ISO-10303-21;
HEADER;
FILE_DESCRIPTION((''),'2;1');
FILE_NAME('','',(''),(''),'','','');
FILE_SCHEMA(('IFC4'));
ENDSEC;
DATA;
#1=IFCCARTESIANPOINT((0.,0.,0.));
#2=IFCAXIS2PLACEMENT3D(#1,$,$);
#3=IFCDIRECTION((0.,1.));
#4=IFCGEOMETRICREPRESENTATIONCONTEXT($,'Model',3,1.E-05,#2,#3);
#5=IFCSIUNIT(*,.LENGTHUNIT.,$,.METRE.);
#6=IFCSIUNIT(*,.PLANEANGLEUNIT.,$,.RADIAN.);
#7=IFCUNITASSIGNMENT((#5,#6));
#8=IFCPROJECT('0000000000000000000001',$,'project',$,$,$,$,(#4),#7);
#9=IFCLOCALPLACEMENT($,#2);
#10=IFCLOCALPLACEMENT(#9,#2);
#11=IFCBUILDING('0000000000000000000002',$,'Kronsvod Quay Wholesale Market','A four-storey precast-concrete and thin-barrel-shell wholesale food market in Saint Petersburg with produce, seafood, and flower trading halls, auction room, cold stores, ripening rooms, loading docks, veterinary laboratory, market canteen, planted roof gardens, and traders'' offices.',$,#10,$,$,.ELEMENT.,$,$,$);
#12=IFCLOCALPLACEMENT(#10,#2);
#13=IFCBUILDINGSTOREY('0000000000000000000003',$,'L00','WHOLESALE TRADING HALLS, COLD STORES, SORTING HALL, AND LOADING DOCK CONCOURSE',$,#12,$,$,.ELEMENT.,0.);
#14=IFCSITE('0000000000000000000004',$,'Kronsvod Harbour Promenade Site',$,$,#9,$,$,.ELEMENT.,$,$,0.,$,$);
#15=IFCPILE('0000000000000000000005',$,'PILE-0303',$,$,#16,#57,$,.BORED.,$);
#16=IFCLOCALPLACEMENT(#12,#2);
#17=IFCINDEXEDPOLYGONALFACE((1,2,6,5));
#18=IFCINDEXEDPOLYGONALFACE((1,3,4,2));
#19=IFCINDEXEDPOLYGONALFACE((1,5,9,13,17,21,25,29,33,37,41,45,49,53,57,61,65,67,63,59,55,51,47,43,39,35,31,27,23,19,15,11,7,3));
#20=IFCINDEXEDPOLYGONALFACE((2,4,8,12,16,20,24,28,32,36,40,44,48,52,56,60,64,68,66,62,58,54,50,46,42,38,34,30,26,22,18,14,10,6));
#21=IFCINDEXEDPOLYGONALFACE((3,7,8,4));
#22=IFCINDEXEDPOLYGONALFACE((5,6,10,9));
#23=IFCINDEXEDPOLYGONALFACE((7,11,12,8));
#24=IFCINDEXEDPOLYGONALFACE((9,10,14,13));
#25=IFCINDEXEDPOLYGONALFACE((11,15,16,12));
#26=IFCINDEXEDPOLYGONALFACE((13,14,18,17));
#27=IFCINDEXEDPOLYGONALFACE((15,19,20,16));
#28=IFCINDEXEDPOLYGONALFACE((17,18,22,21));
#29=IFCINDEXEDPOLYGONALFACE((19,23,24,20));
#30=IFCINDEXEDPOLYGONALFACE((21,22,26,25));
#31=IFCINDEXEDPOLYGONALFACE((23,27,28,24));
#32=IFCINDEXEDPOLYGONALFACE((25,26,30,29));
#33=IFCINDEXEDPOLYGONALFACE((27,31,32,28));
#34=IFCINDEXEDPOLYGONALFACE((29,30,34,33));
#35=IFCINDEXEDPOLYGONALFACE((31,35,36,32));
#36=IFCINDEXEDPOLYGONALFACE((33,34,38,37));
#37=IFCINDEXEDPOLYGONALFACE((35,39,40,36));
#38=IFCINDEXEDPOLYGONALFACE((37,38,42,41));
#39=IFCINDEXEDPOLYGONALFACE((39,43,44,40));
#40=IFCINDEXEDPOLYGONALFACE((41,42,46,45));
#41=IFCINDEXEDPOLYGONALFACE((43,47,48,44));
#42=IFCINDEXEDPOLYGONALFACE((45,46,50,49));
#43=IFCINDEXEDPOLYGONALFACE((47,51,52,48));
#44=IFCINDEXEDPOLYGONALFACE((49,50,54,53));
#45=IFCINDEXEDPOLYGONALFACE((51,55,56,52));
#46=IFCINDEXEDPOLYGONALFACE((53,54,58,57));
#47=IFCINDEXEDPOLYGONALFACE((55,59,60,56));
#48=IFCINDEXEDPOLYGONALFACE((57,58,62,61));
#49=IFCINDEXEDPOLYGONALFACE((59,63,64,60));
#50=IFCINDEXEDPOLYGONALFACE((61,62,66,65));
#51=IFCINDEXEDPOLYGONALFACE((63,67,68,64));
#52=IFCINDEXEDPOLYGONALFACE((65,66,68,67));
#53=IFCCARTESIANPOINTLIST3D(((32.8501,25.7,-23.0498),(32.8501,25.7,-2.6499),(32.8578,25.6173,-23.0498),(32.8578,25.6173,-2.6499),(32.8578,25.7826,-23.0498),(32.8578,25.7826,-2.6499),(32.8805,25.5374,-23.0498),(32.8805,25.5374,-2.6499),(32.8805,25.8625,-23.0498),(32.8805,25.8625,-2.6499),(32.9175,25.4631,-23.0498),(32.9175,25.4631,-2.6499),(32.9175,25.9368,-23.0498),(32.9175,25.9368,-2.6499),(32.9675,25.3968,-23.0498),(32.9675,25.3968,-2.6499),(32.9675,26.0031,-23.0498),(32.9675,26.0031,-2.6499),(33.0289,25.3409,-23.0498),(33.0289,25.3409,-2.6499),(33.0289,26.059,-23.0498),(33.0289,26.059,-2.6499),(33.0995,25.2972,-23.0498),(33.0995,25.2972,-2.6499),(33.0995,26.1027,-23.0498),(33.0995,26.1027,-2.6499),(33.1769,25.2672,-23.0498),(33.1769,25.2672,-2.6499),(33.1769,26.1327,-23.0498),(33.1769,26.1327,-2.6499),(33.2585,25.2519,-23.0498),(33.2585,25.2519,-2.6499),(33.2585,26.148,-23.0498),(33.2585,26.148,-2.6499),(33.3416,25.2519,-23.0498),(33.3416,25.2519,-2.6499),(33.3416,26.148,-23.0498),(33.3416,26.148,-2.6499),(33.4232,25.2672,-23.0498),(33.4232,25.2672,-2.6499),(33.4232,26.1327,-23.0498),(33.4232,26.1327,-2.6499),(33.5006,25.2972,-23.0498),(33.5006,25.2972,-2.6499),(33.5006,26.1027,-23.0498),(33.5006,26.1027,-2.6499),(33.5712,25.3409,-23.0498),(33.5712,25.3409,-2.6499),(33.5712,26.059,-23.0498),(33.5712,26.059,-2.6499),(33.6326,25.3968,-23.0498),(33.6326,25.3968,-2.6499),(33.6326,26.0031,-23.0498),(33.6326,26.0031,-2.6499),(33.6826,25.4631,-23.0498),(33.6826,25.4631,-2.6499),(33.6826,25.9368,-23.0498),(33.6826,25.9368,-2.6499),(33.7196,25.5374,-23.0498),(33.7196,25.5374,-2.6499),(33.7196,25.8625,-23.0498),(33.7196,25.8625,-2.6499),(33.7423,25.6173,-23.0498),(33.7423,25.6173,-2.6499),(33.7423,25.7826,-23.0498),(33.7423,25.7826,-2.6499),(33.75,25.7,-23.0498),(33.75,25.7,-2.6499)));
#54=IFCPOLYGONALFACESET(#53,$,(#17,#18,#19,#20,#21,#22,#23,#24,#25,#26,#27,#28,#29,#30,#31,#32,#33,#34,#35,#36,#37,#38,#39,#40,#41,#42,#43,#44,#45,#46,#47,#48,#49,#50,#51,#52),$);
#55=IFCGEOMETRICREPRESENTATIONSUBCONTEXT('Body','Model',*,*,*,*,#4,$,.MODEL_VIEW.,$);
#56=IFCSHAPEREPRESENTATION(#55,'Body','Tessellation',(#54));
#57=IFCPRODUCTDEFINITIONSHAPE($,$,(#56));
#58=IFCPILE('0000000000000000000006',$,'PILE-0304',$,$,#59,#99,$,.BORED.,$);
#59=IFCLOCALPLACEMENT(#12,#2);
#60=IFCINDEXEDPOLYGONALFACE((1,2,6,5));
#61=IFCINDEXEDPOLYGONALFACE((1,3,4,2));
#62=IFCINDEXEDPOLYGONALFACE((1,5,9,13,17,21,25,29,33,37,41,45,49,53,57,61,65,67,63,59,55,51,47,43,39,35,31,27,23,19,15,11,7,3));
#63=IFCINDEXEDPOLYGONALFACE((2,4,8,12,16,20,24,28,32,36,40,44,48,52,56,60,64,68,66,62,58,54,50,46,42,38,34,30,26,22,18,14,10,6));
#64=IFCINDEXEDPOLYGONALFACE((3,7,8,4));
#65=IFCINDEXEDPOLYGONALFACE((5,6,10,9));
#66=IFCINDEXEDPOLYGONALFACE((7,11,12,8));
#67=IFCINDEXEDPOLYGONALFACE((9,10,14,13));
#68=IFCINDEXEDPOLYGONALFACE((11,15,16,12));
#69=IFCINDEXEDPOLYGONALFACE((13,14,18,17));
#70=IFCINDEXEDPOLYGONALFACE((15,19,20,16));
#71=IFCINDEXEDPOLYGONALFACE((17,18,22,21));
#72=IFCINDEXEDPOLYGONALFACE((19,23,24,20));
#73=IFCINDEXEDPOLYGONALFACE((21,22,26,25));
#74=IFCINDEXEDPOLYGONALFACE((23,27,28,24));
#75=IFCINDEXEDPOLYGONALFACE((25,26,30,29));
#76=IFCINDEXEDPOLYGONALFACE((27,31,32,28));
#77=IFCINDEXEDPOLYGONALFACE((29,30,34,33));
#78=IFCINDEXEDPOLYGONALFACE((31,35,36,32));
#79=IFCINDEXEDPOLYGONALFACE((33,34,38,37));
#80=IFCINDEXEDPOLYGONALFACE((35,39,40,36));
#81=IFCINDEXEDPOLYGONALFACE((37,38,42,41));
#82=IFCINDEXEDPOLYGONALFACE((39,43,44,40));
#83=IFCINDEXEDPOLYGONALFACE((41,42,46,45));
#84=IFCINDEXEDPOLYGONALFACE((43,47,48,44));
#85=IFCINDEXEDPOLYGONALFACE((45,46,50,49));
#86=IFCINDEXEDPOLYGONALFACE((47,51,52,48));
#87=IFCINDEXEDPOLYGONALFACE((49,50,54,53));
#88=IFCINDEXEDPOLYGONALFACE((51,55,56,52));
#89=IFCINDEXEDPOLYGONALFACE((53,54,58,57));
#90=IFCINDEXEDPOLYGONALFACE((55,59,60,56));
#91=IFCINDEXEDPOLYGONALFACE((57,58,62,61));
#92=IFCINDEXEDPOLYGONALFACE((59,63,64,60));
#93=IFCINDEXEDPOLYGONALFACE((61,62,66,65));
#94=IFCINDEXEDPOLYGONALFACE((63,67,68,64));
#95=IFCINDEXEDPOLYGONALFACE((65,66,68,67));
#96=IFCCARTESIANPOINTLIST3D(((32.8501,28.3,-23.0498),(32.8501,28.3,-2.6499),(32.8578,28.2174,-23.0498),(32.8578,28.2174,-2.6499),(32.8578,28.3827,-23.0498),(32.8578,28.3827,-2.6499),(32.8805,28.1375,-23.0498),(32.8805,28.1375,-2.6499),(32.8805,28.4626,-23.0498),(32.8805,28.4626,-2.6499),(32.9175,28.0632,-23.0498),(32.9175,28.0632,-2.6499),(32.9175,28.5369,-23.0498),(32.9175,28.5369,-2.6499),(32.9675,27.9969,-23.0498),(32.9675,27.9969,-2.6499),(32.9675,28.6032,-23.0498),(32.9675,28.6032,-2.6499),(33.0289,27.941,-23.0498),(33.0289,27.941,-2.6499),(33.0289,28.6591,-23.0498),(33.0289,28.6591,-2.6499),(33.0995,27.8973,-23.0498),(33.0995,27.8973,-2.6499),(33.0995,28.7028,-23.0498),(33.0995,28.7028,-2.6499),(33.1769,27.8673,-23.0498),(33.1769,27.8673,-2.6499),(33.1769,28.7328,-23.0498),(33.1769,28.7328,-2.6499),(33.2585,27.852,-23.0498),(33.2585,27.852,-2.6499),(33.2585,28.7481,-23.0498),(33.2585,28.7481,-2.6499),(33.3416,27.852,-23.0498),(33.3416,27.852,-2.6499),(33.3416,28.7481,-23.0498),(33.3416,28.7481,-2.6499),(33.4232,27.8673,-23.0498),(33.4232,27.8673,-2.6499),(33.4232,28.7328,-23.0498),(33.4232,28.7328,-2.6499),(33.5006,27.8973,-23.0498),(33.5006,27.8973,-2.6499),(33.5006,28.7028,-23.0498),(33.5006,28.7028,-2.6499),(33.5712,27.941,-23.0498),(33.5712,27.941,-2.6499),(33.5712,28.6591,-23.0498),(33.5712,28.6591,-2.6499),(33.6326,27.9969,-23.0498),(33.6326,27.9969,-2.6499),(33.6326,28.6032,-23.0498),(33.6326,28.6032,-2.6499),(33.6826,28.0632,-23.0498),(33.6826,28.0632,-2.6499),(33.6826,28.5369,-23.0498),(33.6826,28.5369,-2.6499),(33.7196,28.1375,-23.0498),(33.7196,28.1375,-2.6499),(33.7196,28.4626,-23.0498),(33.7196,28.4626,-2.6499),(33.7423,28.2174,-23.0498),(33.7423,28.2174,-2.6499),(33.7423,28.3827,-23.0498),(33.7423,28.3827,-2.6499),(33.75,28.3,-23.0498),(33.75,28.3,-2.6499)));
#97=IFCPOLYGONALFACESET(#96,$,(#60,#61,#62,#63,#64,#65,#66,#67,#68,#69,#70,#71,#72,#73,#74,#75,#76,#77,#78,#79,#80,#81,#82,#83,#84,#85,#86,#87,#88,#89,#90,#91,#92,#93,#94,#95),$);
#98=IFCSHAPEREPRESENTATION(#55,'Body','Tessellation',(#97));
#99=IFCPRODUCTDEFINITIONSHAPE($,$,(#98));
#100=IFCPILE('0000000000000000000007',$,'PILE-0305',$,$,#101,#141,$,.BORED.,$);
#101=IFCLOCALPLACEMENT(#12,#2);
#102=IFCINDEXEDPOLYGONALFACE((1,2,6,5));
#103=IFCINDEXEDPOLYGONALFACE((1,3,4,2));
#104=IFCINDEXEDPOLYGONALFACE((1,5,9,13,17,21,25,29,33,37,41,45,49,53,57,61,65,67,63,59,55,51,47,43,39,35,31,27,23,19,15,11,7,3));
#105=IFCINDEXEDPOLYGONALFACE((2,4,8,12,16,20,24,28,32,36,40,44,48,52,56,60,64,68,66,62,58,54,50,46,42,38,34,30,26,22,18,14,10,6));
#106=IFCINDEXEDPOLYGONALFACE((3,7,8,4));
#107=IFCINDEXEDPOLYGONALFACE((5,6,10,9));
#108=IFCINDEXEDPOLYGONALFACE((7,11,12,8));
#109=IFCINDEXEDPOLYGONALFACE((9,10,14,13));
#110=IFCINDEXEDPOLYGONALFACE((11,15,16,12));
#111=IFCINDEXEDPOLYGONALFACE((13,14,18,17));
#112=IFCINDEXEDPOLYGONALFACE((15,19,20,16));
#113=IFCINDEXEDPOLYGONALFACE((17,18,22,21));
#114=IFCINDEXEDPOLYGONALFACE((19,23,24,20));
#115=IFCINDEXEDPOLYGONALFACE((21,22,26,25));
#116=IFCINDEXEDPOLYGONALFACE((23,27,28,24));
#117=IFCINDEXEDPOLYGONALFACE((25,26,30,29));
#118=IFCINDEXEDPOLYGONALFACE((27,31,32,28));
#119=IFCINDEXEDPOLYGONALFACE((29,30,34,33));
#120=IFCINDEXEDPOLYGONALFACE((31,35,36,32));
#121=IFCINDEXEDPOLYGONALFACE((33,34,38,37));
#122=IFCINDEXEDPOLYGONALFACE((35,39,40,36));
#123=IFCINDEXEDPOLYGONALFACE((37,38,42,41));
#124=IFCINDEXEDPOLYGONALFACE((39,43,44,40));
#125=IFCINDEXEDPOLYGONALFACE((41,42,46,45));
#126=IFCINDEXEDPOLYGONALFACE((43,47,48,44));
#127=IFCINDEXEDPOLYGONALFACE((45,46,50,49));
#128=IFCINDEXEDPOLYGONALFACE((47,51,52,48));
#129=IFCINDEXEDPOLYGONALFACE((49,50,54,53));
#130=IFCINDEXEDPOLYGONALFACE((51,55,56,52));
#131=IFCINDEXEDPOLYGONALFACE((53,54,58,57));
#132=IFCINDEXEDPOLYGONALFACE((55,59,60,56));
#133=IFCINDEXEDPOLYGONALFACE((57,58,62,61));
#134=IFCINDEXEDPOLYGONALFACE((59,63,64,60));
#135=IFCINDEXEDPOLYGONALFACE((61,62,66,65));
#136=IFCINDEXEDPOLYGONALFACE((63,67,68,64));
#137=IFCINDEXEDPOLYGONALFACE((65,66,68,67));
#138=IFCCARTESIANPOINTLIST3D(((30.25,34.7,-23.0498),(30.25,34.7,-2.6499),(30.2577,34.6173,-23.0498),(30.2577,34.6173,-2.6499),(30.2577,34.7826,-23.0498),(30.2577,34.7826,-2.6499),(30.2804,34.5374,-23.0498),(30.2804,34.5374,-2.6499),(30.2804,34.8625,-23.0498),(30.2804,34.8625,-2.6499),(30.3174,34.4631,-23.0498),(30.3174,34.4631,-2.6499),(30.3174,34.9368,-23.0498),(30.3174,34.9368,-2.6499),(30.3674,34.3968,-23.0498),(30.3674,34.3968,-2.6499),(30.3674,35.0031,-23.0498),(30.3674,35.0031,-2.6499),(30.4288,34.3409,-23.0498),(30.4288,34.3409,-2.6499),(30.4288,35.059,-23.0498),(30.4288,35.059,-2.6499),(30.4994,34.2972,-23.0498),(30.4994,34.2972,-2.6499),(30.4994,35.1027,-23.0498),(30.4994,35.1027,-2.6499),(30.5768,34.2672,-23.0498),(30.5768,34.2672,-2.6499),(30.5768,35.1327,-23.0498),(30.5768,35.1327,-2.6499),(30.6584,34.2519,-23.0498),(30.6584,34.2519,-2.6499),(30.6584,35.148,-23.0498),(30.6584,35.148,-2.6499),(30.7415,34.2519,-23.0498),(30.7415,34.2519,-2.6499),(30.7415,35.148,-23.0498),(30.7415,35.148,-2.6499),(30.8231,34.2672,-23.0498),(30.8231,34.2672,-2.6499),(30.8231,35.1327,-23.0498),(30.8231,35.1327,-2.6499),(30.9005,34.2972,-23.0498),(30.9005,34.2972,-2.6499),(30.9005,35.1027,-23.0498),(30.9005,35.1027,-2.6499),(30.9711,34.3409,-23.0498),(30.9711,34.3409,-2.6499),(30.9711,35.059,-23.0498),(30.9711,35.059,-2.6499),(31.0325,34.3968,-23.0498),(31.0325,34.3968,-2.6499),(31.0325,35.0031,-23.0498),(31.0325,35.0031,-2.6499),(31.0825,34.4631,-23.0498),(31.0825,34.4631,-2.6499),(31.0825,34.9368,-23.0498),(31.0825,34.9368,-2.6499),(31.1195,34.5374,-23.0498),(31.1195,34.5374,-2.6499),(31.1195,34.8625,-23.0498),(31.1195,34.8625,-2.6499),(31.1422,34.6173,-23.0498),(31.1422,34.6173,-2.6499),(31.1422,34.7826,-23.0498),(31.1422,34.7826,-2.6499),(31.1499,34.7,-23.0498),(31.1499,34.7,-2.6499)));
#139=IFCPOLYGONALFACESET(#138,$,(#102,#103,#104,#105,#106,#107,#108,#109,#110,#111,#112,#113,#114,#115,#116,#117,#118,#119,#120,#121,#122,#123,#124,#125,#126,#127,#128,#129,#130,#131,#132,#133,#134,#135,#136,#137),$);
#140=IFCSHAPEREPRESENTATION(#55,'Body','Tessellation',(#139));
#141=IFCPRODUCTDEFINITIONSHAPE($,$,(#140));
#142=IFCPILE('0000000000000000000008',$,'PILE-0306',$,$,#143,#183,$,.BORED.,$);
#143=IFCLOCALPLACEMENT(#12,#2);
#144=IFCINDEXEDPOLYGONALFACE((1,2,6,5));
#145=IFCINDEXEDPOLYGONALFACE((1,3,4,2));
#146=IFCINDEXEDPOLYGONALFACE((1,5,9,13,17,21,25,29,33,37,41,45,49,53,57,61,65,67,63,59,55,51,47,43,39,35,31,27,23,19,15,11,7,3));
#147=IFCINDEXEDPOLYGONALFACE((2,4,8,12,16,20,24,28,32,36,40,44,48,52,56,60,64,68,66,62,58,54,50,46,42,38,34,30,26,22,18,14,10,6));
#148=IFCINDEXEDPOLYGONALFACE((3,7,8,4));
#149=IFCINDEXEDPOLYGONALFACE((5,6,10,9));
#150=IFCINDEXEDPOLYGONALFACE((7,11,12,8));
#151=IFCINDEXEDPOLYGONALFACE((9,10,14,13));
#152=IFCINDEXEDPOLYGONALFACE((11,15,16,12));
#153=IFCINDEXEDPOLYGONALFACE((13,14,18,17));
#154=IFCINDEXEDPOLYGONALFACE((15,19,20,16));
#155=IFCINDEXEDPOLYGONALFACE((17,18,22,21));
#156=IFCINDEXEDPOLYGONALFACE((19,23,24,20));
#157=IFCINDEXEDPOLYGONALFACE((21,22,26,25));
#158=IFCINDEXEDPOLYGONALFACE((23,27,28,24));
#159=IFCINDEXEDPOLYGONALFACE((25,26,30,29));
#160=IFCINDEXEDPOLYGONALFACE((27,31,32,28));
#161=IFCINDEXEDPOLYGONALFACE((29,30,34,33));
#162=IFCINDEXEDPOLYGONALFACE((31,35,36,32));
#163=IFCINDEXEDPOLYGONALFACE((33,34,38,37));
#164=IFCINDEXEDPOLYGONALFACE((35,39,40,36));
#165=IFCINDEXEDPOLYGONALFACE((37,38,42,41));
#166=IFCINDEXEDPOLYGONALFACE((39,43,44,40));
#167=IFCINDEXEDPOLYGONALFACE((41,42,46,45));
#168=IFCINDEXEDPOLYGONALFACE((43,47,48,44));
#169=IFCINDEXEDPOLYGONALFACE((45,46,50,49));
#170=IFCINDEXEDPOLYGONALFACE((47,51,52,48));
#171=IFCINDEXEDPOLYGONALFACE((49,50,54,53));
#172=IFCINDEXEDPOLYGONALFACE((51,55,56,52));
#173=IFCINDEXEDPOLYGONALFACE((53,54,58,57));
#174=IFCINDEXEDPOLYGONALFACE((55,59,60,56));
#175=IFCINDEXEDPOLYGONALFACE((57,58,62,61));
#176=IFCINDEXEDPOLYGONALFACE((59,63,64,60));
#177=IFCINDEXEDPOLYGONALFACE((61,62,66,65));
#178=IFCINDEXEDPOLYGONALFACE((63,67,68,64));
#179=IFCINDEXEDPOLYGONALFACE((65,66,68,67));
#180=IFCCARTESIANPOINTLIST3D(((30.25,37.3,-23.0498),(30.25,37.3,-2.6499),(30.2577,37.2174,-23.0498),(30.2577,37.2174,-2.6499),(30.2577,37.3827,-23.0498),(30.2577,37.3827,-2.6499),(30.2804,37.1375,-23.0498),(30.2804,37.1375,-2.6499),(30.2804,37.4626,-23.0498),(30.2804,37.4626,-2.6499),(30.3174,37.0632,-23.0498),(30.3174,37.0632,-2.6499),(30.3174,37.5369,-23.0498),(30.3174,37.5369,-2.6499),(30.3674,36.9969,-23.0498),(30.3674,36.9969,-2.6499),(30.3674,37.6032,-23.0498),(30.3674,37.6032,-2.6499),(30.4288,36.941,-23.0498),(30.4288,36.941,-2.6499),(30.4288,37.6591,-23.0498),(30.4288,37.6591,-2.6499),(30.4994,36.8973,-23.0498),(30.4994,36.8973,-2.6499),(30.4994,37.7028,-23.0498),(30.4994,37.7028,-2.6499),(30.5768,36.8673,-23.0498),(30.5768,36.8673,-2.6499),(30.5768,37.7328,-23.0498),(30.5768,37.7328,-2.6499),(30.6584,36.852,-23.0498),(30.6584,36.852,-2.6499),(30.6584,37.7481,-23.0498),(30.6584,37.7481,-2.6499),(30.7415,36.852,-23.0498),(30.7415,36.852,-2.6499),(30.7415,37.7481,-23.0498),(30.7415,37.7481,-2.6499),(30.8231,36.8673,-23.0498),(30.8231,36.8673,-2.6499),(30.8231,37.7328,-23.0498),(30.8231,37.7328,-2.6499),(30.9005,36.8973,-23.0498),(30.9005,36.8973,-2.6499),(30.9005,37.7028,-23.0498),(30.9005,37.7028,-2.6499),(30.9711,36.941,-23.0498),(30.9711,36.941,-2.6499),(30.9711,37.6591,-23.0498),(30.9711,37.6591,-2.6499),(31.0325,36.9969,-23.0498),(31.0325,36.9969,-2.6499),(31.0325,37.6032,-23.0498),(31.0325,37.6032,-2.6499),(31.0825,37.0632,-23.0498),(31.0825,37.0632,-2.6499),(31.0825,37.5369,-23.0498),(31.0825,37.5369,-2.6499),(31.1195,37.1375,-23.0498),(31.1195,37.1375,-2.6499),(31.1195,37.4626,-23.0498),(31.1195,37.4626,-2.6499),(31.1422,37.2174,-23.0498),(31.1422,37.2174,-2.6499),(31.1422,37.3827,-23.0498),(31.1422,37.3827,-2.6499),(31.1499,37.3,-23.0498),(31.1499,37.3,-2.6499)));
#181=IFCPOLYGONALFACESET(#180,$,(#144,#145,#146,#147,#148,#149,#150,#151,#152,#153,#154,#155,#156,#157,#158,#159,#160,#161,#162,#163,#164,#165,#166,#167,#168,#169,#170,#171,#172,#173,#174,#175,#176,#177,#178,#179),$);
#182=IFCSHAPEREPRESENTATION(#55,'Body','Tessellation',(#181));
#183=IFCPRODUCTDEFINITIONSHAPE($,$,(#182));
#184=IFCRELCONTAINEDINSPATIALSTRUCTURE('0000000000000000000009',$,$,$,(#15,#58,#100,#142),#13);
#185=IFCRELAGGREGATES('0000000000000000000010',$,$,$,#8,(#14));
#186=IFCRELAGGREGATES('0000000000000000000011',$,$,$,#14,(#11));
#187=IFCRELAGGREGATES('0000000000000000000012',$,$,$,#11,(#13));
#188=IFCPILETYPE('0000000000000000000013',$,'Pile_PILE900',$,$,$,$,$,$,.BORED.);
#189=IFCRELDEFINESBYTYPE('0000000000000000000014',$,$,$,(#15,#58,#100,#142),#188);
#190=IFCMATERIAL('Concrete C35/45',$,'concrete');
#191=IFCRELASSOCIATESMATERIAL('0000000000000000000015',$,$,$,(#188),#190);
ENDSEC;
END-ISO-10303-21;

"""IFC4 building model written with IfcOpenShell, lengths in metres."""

from ifc_helpers import new_model, si_unit, direction, frame, origin, origin_2d, place, context, subcontext, project, spatial, circle, extrude, material, material_profile, profile_set, type_object, element, save


model = new_model("IFC4")

# Units and contexts
model_context = context("Model", 3, precision=1e-05, world=origin(), true_north=direction((0.0, 1.0)))
body_context = subcontext(model_context, "Body", "Model", "MODEL_VIEW")
ifc_project = project(units=[si_unit("LENGTHUNIT", "METRE"), si_unit("PLANEANGLEUNIT", "RADIAN")], contexts=[model_context])

# Site, building, storey
site_placement = place(None, origin())
site = spatial("IfcSite", under=ifc_project, at=site_placement, Name="Kronsvod Harbour Promenade Site", CompositionType="ELEMENT", RefElevation=0.0)
building_placement = place(site_placement, origin())
building = spatial("IfcBuilding", under=site, at=building_placement, Name="Kronsvod Quay Wholesale Market", Description="A four-storey precast-concrete and thin-barrel-shell wholesale food market in Saint Petersburg with produce, seafood, and flower trading halls, auction room, cold stores, ripening rooms, loading docks, veterinary laboratory, market canteen, planted roof gardens, and traders' offices.", CompositionType="ELEMENT")
storey_placement = place(building_placement, origin())
storey = spatial("IfcBuildingStorey", under=building, at=storey_placement, Name="L00", Description="WHOLESALE TRADING HALLS, COLD STORES, SORTING HALL, AND LOADING DOCK CONCOURSE", CompositionType="ELEMENT", Elevation=0.0)

# Piles
ifc_material_1 = material(Name="Concrete C35/45", Category="concrete")
ifc_material_profile_1 = material_profile(ifc_material_1, circle(Radius=0.45, at=origin_2d()), Name="PILE900")
ifc_profile_set_1 = profile_set([ifc_material_profile_1], Name="Concrete C35/45")
pile_type = type_object("IfcPileType", Name="Pile_PILE900", PredefinedType="BORED", material=ifc_profile_set_1)
for number, where, z_axis, x_axis, name in (
    (1, (33.3, 25.7, -2.6499), (0.0, 0.0, -1.0), (1.0, 0.0, 0.0), "PILE-0303"),
    (2, (33.3, 28.3, -2.6499), (0.0, 0.0, -1.0), (1.0, 0.0, 0.0), "PILE-0304"),
    (3, (30.7, 34.7, -2.6499), (0.0, 0.0, -1.0), (1.0, 0.0, 0.0), "PILE-0305"),
    (4, (30.7, 37.3, -2.6499), (0.0, 0.0, -1.0), (1.0, 0.0, 0.0), "PILE-0306"),
):
    element("IfcPile", number, at=place(storey_placement, frame(where, z_axis=z_axis, x_axis=x_axis)), inside=storey, type_object=pile_type, Name=name, PredefinedType="BORED", context=body_context, shape_type="SweptSolid", body=[
        extrude(circle(Radius=0.45, at=origin_2d()), origin(), (0.0, 0.0, 1.0), 20.3999),
    ])

save(model, "model.ifc")
